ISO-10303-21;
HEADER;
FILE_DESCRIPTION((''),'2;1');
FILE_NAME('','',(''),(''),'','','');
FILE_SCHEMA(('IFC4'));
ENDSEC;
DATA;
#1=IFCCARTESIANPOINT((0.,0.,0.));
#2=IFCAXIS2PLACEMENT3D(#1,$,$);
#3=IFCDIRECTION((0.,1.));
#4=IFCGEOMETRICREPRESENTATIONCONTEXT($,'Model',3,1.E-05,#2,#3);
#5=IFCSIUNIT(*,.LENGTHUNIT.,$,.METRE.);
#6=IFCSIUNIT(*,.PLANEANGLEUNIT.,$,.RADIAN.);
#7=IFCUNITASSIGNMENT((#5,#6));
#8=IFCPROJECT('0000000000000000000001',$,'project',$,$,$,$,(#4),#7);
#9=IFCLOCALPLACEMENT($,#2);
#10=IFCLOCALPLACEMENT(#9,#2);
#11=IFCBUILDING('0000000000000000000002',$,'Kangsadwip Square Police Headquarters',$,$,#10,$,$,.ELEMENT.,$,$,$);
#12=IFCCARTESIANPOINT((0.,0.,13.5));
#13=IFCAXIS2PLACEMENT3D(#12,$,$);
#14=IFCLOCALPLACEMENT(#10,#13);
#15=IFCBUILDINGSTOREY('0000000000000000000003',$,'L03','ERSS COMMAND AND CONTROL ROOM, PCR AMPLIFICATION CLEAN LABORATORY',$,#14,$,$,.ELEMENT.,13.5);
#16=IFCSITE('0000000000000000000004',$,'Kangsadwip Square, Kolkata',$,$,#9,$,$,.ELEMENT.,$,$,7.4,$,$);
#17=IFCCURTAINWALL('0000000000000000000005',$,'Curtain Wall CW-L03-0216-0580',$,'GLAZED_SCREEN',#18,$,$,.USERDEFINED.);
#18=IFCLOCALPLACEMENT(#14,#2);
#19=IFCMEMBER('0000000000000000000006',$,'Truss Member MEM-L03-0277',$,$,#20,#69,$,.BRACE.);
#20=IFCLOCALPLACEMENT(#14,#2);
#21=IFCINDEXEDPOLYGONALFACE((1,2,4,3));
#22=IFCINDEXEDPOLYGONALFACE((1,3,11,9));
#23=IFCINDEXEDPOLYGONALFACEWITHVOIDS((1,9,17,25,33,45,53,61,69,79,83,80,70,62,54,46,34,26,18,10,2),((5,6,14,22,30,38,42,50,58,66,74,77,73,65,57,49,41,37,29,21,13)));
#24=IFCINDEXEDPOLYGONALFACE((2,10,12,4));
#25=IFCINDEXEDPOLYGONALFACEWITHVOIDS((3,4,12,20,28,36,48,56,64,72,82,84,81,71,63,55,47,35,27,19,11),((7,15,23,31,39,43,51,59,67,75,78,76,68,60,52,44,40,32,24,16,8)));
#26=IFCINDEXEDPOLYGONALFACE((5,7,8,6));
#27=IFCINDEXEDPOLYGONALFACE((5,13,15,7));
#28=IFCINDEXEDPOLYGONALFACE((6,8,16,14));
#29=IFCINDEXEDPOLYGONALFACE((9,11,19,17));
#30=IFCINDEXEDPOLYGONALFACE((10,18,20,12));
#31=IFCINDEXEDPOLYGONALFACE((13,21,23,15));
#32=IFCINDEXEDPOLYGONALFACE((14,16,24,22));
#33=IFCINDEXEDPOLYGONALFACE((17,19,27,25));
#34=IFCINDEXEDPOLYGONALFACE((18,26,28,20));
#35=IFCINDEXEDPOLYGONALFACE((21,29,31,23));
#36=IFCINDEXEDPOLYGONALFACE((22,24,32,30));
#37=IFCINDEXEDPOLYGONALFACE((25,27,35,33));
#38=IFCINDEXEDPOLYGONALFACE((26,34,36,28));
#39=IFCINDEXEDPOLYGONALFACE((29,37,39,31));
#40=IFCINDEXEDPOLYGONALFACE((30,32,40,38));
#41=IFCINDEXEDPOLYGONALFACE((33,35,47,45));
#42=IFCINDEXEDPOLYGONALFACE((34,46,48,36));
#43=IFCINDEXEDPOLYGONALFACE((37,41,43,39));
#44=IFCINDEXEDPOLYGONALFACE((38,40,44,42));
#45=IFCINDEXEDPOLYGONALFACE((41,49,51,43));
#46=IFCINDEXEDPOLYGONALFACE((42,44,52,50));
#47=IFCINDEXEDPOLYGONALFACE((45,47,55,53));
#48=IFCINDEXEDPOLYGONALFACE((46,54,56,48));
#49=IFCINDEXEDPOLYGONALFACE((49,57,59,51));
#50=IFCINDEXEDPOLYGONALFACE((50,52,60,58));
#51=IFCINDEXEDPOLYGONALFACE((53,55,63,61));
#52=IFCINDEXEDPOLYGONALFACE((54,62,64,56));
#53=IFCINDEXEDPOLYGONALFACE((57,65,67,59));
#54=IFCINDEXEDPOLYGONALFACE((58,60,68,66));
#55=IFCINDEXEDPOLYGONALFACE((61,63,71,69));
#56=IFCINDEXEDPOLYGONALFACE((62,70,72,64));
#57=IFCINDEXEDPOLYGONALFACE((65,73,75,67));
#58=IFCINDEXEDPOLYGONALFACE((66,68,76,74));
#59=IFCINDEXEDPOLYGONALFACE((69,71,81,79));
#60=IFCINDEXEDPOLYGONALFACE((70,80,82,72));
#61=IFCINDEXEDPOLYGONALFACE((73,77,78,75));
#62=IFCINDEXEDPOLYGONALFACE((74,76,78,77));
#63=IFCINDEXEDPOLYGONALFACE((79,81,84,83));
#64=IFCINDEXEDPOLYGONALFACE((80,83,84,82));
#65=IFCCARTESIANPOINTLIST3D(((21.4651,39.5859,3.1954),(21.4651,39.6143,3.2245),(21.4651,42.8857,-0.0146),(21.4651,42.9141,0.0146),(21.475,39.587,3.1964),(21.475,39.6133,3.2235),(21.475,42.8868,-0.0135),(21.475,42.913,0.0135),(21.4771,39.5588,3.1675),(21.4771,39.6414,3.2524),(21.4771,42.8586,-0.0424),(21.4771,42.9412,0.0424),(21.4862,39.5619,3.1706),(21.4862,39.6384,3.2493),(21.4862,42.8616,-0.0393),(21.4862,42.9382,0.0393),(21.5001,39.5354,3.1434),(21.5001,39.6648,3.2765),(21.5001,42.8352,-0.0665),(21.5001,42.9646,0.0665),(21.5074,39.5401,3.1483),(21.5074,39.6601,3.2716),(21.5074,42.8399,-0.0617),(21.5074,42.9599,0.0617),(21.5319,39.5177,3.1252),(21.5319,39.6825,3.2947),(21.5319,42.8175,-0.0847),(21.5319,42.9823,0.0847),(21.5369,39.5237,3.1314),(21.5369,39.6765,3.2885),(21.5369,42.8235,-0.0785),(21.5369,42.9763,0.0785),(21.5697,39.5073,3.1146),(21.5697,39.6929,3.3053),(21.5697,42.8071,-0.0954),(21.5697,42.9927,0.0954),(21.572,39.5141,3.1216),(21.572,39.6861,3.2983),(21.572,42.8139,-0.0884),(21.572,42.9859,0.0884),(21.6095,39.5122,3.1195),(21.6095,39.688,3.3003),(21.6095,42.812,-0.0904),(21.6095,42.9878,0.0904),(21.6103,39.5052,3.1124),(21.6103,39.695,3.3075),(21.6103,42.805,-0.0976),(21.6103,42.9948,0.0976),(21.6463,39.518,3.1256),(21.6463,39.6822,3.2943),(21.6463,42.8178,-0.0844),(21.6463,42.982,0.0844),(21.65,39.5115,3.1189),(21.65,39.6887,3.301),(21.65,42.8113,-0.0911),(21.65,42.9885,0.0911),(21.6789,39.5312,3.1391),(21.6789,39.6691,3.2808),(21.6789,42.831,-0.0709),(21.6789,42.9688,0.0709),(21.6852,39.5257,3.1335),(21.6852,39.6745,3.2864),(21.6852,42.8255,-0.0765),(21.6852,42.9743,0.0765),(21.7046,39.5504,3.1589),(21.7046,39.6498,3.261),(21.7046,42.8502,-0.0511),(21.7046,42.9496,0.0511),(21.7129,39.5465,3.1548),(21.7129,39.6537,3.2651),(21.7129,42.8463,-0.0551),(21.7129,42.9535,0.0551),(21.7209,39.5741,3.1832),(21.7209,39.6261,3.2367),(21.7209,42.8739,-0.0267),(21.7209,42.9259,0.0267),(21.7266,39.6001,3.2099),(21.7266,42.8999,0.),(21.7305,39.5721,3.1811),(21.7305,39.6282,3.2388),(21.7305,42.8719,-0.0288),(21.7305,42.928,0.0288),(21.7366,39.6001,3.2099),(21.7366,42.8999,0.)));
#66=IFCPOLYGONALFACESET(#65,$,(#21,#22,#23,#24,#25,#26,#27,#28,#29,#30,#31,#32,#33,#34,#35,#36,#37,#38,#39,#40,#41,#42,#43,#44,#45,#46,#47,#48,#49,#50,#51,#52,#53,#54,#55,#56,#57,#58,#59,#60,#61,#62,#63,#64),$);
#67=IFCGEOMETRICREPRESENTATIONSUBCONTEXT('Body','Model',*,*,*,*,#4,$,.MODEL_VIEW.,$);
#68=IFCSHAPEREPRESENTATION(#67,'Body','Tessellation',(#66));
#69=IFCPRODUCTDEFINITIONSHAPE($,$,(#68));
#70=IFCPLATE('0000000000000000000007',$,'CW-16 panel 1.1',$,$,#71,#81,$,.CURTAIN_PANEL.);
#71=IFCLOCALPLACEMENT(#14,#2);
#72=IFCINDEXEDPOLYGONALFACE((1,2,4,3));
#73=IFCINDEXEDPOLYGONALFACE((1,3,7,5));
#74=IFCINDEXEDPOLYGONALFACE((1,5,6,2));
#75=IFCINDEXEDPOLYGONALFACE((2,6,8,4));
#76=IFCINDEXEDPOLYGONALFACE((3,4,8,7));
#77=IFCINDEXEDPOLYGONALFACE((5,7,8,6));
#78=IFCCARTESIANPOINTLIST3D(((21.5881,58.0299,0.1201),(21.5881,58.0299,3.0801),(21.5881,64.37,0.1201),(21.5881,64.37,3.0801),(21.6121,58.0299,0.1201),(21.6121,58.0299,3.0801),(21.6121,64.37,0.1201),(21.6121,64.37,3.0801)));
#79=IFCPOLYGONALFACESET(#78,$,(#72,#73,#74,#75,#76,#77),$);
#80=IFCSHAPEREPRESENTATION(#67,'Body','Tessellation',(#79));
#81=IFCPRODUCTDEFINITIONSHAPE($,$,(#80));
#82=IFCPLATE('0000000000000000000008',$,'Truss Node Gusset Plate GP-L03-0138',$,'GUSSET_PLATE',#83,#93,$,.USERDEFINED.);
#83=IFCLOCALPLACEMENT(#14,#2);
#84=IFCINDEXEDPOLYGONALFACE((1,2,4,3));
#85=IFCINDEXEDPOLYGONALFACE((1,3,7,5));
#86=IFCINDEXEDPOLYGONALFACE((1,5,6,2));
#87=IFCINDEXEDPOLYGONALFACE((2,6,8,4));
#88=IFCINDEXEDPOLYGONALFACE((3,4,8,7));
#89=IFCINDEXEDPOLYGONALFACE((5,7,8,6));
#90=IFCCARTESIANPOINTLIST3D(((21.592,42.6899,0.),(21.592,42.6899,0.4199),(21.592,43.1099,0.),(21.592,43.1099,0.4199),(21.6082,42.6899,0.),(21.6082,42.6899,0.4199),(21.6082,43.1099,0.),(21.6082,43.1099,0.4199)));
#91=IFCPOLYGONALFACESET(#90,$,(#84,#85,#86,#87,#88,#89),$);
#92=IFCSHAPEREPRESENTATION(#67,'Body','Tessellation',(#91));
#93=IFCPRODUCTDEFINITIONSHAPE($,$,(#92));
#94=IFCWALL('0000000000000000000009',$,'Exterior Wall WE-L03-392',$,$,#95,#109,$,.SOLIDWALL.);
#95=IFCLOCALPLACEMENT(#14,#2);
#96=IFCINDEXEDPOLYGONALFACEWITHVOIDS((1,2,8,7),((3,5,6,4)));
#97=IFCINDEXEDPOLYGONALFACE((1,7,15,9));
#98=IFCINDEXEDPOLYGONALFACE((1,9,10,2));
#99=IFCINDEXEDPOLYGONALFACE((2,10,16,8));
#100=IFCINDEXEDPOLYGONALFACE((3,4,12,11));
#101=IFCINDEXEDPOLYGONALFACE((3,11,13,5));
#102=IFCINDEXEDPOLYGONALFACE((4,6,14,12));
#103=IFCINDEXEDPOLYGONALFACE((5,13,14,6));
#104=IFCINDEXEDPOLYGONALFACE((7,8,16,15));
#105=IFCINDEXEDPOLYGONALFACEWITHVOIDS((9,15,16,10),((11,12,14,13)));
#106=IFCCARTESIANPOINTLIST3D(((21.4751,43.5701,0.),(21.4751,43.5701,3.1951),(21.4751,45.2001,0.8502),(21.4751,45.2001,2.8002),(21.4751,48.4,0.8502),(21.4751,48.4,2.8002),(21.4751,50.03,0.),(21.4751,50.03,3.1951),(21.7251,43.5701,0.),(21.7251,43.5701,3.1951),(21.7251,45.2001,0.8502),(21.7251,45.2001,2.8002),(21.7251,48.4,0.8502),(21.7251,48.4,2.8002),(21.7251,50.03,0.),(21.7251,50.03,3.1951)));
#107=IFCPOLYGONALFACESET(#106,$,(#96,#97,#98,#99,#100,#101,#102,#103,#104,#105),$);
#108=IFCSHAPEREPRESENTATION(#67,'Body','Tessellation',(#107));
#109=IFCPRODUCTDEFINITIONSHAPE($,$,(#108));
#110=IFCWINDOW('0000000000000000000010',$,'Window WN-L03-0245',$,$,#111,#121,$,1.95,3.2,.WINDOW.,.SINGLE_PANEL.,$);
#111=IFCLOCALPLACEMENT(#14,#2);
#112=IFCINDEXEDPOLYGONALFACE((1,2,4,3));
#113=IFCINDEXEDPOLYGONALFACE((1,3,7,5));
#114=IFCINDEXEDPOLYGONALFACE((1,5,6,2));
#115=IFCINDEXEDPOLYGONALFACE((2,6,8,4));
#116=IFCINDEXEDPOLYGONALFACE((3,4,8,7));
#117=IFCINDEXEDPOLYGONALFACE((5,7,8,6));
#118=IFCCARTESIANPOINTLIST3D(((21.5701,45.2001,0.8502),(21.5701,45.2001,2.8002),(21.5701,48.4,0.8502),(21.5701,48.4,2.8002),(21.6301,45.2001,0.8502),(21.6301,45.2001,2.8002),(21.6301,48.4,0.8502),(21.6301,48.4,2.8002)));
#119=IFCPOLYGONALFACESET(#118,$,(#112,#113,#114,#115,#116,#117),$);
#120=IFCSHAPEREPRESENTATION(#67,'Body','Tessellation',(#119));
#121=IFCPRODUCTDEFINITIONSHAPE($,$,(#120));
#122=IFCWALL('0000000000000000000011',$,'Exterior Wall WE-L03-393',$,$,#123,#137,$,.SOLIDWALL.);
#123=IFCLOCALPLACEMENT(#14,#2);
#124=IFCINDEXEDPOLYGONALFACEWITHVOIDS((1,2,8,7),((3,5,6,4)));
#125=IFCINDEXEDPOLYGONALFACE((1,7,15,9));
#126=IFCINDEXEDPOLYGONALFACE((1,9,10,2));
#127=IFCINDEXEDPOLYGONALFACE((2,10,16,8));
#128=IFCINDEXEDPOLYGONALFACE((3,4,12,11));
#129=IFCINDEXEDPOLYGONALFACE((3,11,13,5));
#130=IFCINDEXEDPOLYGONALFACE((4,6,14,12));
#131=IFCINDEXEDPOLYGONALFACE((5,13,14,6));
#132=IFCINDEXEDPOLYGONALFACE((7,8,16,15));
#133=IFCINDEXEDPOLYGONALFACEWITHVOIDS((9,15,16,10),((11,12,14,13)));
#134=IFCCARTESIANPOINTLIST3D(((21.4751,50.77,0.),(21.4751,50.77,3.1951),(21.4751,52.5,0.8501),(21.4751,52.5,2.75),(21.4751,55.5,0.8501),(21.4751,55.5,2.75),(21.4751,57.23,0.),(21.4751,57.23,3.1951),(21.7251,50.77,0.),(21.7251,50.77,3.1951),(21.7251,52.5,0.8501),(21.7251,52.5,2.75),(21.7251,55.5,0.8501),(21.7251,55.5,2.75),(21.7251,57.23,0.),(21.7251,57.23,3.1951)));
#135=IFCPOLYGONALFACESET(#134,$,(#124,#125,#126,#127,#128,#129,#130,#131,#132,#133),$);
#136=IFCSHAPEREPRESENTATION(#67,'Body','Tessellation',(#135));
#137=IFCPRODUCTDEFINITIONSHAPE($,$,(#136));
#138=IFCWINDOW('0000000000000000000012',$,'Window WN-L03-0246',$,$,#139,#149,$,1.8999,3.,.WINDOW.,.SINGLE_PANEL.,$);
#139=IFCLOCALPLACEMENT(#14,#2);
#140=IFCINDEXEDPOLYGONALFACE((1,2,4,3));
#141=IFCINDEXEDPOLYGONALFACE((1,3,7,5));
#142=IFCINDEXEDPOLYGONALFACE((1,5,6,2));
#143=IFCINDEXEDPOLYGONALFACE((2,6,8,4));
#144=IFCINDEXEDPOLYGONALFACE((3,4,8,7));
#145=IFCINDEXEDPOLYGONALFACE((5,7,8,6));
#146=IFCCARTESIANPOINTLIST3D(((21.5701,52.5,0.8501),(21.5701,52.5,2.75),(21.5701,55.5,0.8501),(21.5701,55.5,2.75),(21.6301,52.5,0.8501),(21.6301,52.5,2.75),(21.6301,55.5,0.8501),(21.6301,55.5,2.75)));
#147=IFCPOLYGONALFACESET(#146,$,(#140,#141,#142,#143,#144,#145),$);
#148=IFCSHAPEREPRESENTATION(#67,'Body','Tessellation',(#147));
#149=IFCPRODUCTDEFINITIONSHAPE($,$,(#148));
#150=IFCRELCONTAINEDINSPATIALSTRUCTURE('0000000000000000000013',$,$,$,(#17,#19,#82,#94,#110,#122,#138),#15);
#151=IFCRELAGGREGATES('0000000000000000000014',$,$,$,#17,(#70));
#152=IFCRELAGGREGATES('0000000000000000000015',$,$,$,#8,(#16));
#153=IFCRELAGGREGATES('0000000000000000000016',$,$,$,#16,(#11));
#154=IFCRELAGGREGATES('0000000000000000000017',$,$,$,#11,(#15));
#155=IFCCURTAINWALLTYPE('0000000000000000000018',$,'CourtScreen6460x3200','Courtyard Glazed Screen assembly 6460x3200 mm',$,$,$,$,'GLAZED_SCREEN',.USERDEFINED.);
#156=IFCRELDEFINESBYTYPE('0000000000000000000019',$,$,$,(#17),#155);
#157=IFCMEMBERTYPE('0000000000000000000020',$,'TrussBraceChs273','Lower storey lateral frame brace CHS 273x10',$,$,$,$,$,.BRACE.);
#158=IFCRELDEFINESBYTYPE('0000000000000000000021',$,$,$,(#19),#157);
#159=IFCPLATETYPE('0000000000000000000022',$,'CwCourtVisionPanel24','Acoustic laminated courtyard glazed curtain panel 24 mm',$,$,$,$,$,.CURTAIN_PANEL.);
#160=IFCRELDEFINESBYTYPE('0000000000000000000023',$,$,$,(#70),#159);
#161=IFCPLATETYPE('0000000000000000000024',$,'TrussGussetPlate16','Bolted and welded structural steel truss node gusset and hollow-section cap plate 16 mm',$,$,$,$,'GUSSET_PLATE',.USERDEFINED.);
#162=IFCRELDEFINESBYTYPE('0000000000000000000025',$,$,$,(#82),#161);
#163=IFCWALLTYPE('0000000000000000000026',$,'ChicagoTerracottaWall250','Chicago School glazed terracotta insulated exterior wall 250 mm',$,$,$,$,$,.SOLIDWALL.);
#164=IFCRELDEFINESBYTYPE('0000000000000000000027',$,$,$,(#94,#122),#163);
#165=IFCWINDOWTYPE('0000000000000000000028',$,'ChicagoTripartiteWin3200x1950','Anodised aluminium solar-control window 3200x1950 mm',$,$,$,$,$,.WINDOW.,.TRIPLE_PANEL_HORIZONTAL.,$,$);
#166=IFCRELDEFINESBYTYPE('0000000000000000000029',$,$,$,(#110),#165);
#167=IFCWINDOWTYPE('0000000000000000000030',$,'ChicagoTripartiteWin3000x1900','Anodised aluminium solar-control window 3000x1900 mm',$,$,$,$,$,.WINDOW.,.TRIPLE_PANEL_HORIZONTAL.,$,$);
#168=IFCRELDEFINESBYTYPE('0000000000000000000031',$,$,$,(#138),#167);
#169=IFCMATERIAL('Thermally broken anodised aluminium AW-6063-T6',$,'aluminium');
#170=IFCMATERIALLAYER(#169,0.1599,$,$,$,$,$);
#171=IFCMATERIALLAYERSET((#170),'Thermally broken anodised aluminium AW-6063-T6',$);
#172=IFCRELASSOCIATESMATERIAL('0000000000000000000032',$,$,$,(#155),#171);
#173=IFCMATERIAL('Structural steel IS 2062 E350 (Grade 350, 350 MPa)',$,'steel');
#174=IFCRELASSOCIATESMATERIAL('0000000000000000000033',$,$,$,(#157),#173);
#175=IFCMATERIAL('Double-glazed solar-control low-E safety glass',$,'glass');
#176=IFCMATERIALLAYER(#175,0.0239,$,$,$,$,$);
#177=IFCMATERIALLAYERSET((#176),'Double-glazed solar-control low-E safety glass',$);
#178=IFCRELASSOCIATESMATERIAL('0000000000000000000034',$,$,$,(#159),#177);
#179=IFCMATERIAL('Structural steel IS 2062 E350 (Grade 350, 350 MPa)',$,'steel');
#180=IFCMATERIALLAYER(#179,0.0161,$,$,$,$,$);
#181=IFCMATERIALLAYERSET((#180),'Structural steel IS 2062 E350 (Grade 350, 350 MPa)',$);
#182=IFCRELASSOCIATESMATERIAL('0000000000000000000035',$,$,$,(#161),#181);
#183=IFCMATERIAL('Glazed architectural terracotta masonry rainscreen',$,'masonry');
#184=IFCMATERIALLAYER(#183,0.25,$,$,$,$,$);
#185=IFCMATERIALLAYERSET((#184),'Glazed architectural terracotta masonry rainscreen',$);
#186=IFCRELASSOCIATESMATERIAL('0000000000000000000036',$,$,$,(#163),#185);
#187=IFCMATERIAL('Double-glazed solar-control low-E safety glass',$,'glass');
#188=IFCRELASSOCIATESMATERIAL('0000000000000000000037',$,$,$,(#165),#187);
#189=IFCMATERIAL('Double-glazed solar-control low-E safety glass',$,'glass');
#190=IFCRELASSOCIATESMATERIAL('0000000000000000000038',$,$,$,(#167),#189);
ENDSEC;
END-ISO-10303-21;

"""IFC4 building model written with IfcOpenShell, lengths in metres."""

from ifc_helpers import new_model, si_unit, direction, frame, frame_2d, origin, origin_2d, place, context, subcontext, project, spatial, rectangle, hollow_circle, extrude, material, layer, layer_set, material_profile, profile_set, type_object, element, fill, aggregate, save


model = new_model("IFC4")

# Units and contexts
model_context = context("Model", 3, precision=1e-05, world=origin(), true_north=direction((0.0, 1.0)))
body_context = subcontext(model_context, "Body", "Model", "MODEL_VIEW")
ifc_project = project(units=[si_unit("LENGTHUNIT", "METRE"), si_unit("PLANEANGLEUNIT", "RADIAN")], contexts=[model_context])

# Site, building, storey
site_placement = place(None, origin())
site = spatial("IfcSite", under=ifc_project, at=site_placement, Name="Kangsadwip Square, Kolkata", CompositionType="ELEMENT", RefElevation=7.4)
building_placement = place(site_placement, origin())
building = spatial("IfcBuilding", under=site, at=building_placement, Name="Kangsadwip Square Police Headquarters", CompositionType="ELEMENT")
storey_placement = place(building_placement, frame((0.0, 0.0, 13.5)))
storey = spatial("IfcBuildingStorey", under=building, at=storey_placement, Name="L03", Description="ERSS COMMAND AND CONTROL ROOM, PCR AMPLIFICATION CLEAN LABORATORY", CompositionType="ELEMENT", Elevation=13.5)

# Curtain wall
ifc_material_1 = material(Name="Thermally broken anodised aluminium AW-6063-T6", Category="aluminium")
ifc_layer_1 = layer(ifc_material_1, 0.1599)
ifc_layer_set_1 = layer_set([ifc_layer_1], Name="Thermally broken anodised aluminium AW-6063-T6")
curtain_wall_type = type_object("IfcCurtainWallType", Name="CourtScreen6460x3200", Description="Courtyard Glazed Screen assembly 6460x3200 mm", ElementType="GLAZED_SCREEN", PredefinedType="USERDEFINED", material=ifc_layer_set_1)
curtain_wall_1_placement = place(storey_placement, origin())
curtain_wall_1 = element("IfcCurtainWall", 1, at=curtain_wall_1_placement, inside=storey, type_object=curtain_wall_type, Name="Curtain Wall CW-L03-0216-0580", ObjectType="GLAZED_SCREEN", PredefinedType="USERDEFINED")

# Member
ifc_material_2 = material(Name="Structural steel IS 2062 E350 (Grade 350, 350 MPa)", Category="steel")
ifc_material_profile_1 = material_profile(ifc_material_2, hollow_circle(Radius=0.1365, WallThickness=0.01, at=origin_2d()), Name="CHS 273X10")
ifc_profile_set_1 = profile_set([ifc_material_profile_1], Name="Structural steel IS 2062 E350 (Grade 350, 350 MPa)")
member_type_1 = type_object("IfcMemberType", Name="TrussBraceChs273", Description="Lower storey lateral frame brace CHS 273x10", PredefinedType="BRACE", material=ifc_profile_set_1)
member_1_placement = place(storey_placement, frame((21.6001, 42.8999, 0.0), z_axis=(0.0, -0.716798, 0.697281), x_axis=(1.0, 0.0, 0.0)))
element("IfcMember", 2, at=member_1_placement, inside=storey, type_object=member_type_1, Name="Truss Member MEM-L03-0277", PredefinedType="BRACE", context=body_context, shape_type="SweptSolid", body=[
    extrude(hollow_circle(Radius=0.1365, WallThickness=0.01, at=origin_2d()), origin(), (0.0, 0.0, 1.0), 4.6035),
])

# Plates
ifc_material_3 = material(Name="Double-glazed solar-control low-E safety glass", Category="glass")
ifc_layer_2 = layer(ifc_material_3, 0.0239)
ifc_layer_set_2 = layer_set([ifc_layer_2], Name="Double-glazed solar-control low-E safety glass")
plate_type_1 = type_object("IfcPlateType", Name="CwCourtVisionPanel24", Description="Acoustic laminated courtyard glazed curtain panel 24 mm", PredefinedType="CURTAIN_PANEL", material=ifc_layer_set_2)
plate_1_placement = place(storey_placement, frame((21.6001, 61.2, 0.1201), z_axis=(0.0, 0.0, 1.0), x_axis=(0.0, 1.0, 0.0)))
plate_1 = element("IfcPlate", 3, at=plate_1_placement, type_object=plate_type_1, Name="CW-16 panel 1.1", PredefinedType="CURTAIN_PANEL", context=body_context, shape_type="SweptSolid", body=[
    extrude(rectangle(XDim=6.3401, YDim=0.0239, at=origin_2d()), origin(), (0.0, 0.0, 1.0), 2.96),
])
aggregate(curtain_wall_1, [plate_1])
ifc_material_4 = material(Name="Structural steel IS 2062 E350 (Grade 350, 350 MPa)", Category="steel")
ifc_layer_3 = layer(ifc_material_4, 0.0161)
ifc_layer_set_3 = layer_set([ifc_layer_3], Name="Structural steel IS 2062 E350 (Grade 350, 350 MPa)")
plate_type_2 = type_object("IfcPlateType", Name="TrussGussetPlate16", Description="Bolted and welded structural steel truss node gusset and hollow-section cap plate 16 mm", ElementType="GUSSET_PLATE", PredefinedType="USERDEFINED", material=ifc_layer_set_3)
plate_2_placement = place(storey_placement, frame((21.6001, 42.8999, 0.0), z_axis=(0.0, 0.0, 1.0), x_axis=(0.0, 1.0, 0.0)))
element("IfcPlate", 4, at=plate_2_placement, inside=storey, type_object=plate_type_2, Name="Truss Node Gusset Plate GP-L03-0138", ObjectType="GUSSET_PLATE", PredefinedType="USERDEFINED", context=body_context, shape_type="SweptSolid", body=[
    extrude(rectangle(XDim=0.4199, YDim=0.0161, at=origin_2d()), origin(), (0.0, 0.0, 1.0), 0.4199),
])

# Walls, openings, windows
ifc_material_5 = material(Name="Glazed architectural terracotta masonry rainscreen", Category="masonry")
ifc_layer_4 = layer(ifc_material_5, 0.25)
ifc_layer_set_4 = layer_set([ifc_layer_4], Name="Glazed architectural terracotta masonry rainscreen")
wall_type = type_object("IfcWallType", Name="ChicagoTerracottaWall250", Description="Chicago School glazed terracotta insulated exterior wall 250 mm", PredefinedType="SOLIDWALL", material=ifc_layer_set_4)
wall_1_placement = place(storey_placement, frame((21.6001, 43.5701, 0.0), z_axis=(0.0, 0.0, 1.0), x_axis=(0.0, 1.0, 0.0)))
wall_1 = element("IfcWall", 5, at=wall_1_placement, inside=storey, type_object=wall_type, Name="Exterior Wall WE-L03-392", PredefinedType="SOLIDWALL", context=body_context, shape_type="SweptSolid", body=[
    extrude(rectangle(XDim=6.46, YDim=0.25, at=frame_2d((3.23, 0.0))), origin(), (0.0, 0.0, 1.0), 3.1951),
])
opening_1_placement = place(wall_1_placement, frame((1.6299, 0.0, 0.8501)))
opening_1 = element("IfcOpeningElement", 6, at=opening_1_placement, cuts=wall_1, PredefinedType="OPENING", context=body_context, shape_type="SweptSolid", body=[
    extrude(rectangle(XDim=3.2, YDim=1.95, at=frame_2d((1.6001, 0.9751))), frame((0.0, 0.135, 0.0), z_axis=(0.0, -1.0, 0.0), x_axis=(1.0, 0.0, 0.0)), (0.0, 0.0, 1.0), 0.27),
])
ifc_material_6 = material(Name="Double-glazed solar-control low-E safety glass", Category="glass")
window_type_1 = type_object("IfcWindowType", Name="ChicagoTripartiteWin3200x1950", Description="Anodised aluminium solar-control window 3200x1950 mm", PartitioningType="TRIPLE_PANEL_HORIZONTAL", PredefinedType="WINDOW", material=ifc_material_6)
window_1_placement = place(opening_1_placement, origin())
window_1 = element("IfcWindow", 7, at=window_1_placement, inside=storey, type_object=window_type_1, Name="Window WN-L03-0245", OverallHeight=1.95, OverallWidth=3.2, PartitioningType="SINGLE_PANEL", PredefinedType="WINDOW", context=body_context, shape_type="SweptSolid", body=[
    extrude(rectangle(XDim=3.2, YDim=1.95, at=frame_2d((1.6001, 0.9751))), frame((0.0, 0.03, 0.0), z_axis=(0.0, -1.0, 0.0), x_axis=(1.0, 0.0, 0.0)), (0.0, 0.0, 1.0), 0.0601),
])
fill(opening_1, window_1)
wall_2_placement = place(storey_placement, frame((21.6001, 50.77, 0.0), z_axis=(0.0, 0.0, 1.0), x_axis=(0.0, 1.0, 0.0)))
wall_2 = element("IfcWall", 8, at=wall_2_placement, inside=storey, type_object=wall_type, Name="Exterior Wall WE-L03-393", PredefinedType="SOLIDWALL", context=body_context, shape_type="SweptSolid", body=[
    extrude(rectangle(XDim=6.46, YDim=0.25, at=frame_2d((3.23, 0.0))), origin(), (0.0, 0.0, 1.0), 3.1951),
])
opening_2_placement = place(wall_2_placement, frame((1.73, 0.0, 0.8501)))
opening_2 = element("IfcOpeningElement", 9, at=opening_2_placement, cuts=wall_2, PredefinedType="OPENING", context=body_context, shape_type="SweptSolid", body=[
    extrude(rectangle(XDim=3.0, YDim=1.8999, at=frame_2d((1.5, 0.95))), frame((0.0, 0.135, 0.0), z_axis=(0.0, -1.0, 0.0), x_axis=(1.0, 0.0, 0.0)), (0.0, 0.0, 1.0), 0.27),
])
ifc_material_7 = material(Name="Double-glazed solar-control low-E safety glass", Category="glass")
window_type_2 = type_object("IfcWindowType", Name="ChicagoTripartiteWin3000x1900", Description="Anodised aluminium solar-control window 3000x1900 mm", PartitioningType="TRIPLE_PANEL_HORIZONTAL", PredefinedType="WINDOW", material=ifc_material_7)
window_2_placement = place(opening_2_placement, origin())
window_2 = element("IfcWindow", 10, at=window_2_placement, inside=storey, type_object=window_type_2, Name="Window WN-L03-0246", OverallHeight=1.8999, OverallWidth=3.0, PartitioningType="SINGLE_PANEL", PredefinedType="WINDOW", context=body_context, shape_type="SweptSolid", body=[
    extrude(rectangle(XDim=3.0, YDim=1.8999, at=frame_2d((1.5, 0.95))), frame((0.0, 0.03, 0.0), z_axis=(0.0, -1.0, 0.0), x_axis=(1.0, 0.0, 0.0)), (0.0, 0.0, 1.0), 0.0601),
])
fill(opening_2, window_2)

save(model, "model.ifc")
